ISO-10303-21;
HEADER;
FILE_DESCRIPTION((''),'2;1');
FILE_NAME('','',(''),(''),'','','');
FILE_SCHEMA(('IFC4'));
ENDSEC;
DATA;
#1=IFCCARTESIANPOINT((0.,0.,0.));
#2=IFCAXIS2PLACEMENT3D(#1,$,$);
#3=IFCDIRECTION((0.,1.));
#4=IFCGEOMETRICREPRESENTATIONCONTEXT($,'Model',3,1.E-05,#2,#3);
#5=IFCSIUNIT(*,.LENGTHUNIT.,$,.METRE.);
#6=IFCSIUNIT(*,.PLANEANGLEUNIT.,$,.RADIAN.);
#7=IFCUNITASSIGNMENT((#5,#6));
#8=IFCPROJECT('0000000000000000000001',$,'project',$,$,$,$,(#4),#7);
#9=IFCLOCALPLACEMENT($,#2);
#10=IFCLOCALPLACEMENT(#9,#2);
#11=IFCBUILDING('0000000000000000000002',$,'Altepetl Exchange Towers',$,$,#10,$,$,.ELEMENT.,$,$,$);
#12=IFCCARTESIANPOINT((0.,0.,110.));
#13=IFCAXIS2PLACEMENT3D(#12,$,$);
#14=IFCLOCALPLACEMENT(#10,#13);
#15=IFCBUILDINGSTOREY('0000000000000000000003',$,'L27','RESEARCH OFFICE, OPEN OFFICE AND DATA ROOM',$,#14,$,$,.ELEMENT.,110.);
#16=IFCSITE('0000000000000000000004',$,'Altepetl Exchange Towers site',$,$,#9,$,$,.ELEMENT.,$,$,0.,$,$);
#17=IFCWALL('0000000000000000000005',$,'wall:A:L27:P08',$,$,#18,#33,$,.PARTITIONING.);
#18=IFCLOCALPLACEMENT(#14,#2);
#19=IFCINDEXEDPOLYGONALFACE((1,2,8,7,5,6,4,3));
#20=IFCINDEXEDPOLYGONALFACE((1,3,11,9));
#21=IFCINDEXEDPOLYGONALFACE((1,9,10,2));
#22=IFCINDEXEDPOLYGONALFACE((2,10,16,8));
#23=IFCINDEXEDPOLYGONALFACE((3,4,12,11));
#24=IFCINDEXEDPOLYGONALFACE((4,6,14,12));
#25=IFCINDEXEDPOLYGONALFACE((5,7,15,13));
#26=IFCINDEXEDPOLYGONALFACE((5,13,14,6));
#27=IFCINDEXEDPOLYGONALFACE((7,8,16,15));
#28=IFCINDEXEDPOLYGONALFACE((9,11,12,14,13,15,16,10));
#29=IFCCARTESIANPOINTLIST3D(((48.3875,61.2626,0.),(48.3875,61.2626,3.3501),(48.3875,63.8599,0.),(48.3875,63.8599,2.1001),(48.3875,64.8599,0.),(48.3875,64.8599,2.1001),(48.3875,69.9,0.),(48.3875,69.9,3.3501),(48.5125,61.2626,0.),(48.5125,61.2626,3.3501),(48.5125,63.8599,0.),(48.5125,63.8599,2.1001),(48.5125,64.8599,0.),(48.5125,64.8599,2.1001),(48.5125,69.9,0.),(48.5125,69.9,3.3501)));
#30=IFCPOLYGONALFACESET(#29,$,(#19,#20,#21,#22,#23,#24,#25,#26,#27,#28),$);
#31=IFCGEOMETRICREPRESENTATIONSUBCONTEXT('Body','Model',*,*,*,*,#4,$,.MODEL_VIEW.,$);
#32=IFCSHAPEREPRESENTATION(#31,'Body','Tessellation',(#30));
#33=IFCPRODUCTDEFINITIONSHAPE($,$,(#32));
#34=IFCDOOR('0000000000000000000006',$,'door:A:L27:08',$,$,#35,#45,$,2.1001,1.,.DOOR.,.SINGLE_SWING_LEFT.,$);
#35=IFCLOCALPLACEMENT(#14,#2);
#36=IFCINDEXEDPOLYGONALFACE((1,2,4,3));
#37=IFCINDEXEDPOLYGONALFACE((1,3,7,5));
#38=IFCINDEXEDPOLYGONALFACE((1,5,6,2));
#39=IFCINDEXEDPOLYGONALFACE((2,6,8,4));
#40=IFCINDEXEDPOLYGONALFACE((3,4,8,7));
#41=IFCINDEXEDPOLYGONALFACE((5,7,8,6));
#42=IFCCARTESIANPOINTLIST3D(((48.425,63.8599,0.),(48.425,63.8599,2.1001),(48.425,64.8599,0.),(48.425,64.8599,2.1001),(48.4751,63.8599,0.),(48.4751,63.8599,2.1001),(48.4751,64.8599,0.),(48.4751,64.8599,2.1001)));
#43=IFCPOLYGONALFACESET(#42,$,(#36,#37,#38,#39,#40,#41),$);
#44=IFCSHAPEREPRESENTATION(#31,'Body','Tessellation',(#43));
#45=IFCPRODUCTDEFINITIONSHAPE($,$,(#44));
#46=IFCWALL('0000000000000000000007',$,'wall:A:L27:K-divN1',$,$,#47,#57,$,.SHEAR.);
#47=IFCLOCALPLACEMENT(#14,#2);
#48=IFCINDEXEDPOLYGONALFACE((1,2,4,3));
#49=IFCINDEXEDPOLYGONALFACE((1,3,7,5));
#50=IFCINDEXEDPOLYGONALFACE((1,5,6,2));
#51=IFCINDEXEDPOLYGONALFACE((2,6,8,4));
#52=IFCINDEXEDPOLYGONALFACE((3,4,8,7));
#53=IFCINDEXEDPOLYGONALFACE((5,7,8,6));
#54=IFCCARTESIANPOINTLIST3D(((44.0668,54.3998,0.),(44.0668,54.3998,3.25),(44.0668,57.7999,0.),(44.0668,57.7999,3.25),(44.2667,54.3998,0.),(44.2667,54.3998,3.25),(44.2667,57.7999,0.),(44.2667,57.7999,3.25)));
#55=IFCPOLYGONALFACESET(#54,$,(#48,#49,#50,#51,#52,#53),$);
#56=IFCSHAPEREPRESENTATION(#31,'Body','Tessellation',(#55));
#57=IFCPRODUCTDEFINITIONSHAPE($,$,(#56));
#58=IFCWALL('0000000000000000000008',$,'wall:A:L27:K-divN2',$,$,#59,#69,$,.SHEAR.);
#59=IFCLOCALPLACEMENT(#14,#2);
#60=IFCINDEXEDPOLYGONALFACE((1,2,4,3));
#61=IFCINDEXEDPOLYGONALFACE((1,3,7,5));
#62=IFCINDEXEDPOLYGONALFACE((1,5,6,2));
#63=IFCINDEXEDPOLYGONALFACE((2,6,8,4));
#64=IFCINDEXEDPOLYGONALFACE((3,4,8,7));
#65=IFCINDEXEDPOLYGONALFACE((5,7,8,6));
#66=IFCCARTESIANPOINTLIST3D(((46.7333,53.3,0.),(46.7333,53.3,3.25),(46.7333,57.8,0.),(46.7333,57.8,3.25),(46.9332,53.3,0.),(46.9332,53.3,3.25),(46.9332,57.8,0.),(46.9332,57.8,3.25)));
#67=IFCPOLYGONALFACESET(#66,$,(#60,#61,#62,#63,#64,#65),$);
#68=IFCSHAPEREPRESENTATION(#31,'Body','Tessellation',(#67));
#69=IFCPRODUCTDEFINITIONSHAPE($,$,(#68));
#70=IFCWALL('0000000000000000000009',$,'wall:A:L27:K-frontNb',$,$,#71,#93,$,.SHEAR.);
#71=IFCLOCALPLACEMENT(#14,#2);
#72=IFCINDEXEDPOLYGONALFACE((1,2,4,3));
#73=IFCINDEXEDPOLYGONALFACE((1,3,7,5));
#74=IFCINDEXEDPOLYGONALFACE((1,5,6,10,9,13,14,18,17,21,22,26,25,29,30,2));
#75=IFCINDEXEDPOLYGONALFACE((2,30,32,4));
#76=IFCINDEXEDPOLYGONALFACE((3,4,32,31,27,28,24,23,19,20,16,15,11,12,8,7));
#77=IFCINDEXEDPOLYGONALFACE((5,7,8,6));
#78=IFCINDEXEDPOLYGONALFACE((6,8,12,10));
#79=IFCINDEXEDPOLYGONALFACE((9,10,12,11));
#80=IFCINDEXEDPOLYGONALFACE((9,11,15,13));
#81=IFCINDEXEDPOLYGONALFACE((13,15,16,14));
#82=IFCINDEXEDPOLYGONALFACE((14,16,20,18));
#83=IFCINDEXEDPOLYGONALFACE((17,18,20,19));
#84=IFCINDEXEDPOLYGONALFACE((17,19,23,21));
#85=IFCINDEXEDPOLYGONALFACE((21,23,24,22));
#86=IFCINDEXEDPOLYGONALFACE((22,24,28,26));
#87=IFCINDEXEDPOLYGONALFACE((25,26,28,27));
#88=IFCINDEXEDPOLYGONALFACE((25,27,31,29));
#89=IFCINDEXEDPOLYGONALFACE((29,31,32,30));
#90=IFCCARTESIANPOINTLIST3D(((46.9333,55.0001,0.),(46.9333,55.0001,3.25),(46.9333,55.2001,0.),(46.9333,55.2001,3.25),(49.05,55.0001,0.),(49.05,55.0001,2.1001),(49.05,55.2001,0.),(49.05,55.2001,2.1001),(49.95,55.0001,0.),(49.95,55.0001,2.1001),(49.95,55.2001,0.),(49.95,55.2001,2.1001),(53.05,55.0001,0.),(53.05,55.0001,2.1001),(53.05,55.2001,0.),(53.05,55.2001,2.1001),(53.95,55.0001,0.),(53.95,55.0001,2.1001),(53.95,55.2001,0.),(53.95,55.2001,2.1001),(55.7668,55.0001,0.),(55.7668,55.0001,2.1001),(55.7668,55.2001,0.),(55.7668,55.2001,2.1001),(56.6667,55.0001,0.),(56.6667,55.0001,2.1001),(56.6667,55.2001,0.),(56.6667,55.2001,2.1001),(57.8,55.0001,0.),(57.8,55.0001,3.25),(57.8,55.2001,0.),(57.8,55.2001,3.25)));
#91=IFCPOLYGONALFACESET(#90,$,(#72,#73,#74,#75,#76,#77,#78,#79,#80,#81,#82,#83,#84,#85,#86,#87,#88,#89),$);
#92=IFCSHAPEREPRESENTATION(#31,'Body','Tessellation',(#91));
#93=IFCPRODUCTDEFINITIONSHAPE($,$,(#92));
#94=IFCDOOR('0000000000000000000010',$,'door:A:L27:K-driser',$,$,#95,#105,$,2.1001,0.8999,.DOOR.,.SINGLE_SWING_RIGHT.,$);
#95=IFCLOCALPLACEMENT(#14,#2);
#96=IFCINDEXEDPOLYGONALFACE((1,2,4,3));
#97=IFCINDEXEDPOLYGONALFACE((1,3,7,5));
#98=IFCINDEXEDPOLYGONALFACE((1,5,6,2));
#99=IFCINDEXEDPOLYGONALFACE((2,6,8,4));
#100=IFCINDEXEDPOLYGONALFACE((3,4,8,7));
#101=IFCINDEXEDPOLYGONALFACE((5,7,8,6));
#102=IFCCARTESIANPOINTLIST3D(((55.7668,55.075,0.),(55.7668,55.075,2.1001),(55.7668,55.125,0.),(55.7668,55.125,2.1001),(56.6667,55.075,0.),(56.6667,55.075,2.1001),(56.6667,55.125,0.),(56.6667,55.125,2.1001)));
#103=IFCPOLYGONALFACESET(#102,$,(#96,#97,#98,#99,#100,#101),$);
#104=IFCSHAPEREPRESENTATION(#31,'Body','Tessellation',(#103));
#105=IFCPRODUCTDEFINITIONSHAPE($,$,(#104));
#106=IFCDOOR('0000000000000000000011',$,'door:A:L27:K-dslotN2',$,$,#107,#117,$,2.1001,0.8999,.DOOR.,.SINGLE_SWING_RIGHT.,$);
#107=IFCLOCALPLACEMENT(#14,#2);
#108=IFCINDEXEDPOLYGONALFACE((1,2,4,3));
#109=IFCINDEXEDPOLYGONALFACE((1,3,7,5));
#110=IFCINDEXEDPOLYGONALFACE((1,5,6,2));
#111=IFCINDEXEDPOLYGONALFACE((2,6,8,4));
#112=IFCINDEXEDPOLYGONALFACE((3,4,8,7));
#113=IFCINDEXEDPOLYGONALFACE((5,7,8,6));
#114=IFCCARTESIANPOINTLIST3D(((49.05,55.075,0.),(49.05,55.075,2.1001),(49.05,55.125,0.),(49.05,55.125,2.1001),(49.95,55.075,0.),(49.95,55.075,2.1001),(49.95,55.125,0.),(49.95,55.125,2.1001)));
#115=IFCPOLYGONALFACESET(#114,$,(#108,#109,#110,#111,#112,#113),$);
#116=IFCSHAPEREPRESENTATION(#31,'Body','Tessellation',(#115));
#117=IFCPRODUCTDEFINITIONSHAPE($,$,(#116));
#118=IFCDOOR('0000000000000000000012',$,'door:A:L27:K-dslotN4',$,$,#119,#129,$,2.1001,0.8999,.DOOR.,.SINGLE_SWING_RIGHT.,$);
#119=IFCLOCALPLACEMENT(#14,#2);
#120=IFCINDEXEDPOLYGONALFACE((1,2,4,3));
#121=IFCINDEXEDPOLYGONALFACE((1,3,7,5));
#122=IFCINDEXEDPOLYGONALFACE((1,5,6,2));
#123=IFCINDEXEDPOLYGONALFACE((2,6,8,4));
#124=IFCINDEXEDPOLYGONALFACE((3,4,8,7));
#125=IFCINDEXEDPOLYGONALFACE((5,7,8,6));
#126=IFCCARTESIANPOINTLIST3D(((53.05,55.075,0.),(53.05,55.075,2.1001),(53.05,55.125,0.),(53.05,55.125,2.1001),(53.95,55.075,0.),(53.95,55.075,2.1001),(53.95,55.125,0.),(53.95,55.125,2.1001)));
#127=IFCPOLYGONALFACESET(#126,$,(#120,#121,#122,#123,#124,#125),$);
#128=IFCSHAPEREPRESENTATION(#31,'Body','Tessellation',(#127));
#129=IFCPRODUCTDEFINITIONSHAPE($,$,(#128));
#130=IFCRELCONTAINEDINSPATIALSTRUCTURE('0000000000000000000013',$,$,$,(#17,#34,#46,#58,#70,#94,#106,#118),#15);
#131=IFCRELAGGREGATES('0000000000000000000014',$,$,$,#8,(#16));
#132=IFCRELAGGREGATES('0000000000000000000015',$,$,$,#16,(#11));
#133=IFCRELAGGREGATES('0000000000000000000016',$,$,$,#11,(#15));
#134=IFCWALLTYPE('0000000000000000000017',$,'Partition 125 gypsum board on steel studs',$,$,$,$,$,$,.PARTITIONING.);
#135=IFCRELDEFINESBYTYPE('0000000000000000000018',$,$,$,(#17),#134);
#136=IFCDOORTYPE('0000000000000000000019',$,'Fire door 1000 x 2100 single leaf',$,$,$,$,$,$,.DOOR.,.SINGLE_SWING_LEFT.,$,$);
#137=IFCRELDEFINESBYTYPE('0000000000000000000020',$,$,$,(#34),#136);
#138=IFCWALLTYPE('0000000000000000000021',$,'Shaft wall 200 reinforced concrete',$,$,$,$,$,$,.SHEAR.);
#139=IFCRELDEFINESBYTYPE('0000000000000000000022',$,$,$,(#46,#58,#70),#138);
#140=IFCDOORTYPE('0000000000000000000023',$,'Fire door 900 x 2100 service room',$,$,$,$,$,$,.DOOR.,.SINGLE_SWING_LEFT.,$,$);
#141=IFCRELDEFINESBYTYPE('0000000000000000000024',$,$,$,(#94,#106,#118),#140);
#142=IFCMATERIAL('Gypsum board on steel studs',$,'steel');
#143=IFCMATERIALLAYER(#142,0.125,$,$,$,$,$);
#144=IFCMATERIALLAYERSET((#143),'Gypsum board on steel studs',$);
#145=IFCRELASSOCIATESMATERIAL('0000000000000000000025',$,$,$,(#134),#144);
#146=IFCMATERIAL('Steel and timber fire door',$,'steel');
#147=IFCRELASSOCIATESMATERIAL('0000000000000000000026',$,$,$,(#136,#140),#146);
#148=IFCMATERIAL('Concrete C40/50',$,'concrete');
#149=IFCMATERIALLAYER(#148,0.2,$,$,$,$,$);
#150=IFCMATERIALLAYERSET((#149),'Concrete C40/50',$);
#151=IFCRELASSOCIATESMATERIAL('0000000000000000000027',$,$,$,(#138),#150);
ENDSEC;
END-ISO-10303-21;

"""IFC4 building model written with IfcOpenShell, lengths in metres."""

from ifc_helpers import new_model, si_unit, direction, frame, frame_2d, origin, place, context, subcontext, project, spatial, rectangle, extrude, material, layer, layer_set, type_object, element, fill, save


model = new_model("IFC4")

# Units and contexts
model_context = context("Model", 3, precision=1e-05, world=origin(), true_north=direction((0.0, 1.0)))
body_context = subcontext(model_context, "Body", "Model", "MODEL_VIEW")
ifc_project = project(units=[si_unit("LENGTHUNIT", "METRE"), si_unit("PLANEANGLEUNIT", "RADIAN")], contexts=[model_context])

# Site, building, storey
site_placement = place(None, origin())
site = spatial("IfcSite", under=ifc_project, at=site_placement, Name="Altepetl Exchange Towers site", CompositionType="ELEMENT", RefElevation=0.0)
building_placement = place(site_placement, origin())
building = spatial("IfcBuilding", under=site, at=building_placement, Name="Altepetl Exchange Towers", CompositionType="ELEMENT")
storey_placement = place(building_placement, frame((0.0, 0.0, 110.0)))
storey = spatial("IfcBuildingStorey", under=building, at=storey_placement, Name="L27", Description="RESEARCH OFFICE, OPEN OFFICE AND DATA ROOM", CompositionType="ELEMENT", Elevation=110.0)

# Shared definitions
ifc_material_1 = material(Name="Gypsum board on steel studs", Category="steel")
ifc_layer_1 = layer(ifc_material_1, 0.125)
ifc_layer_set_1 = layer_set([ifc_layer_1], Name="Gypsum board on steel studs")
wall_type_1 = type_object("IfcWallType", Name="Partition 125 gypsum board on steel studs", PredefinedType="PARTITIONING", material=ifc_layer_set_1)

# Wall, opening, door
wall_1_placement = place(storey_placement, frame((48.45, 61.2625, 0.0), z_axis=(0.0, 0.0, 1.0), x_axis=(0.0, 1.0, 0.0)))
wall_1 = element("IfcWall", 1, at=wall_1_placement, inside=storey, type_object=wall_type_1, Name="wall:A:L27:P08", PredefinedType="PARTITIONING", context=body_context, shape_type="SweptSolid", body=[
    extrude(rectangle(XDim=8.6375, YDim=0.125, at=frame_2d((4.3188, 0.0))), origin(), (0.0, 0.0, 1.0), 3.3501),
])
opening_1_placement = place(wall_1_placement, frame((2.5974, 0.0, 0.0)))
opening_1 = element("IfcOpeningElement", 2, at=opening_1_placement, cuts=wall_1, PredefinedType="OPENING", context=body_context, shape_type="SweptSolid", body=[
    extrude(rectangle(XDim=1.0, YDim=2.1001, at=frame_2d((0.5, 1.05))), frame((0.0, 0.0725, 0.0), z_axis=(0.0, -1.0, 0.0), x_axis=(1.0, 0.0, 0.0)), (0.0, 0.0, 1.0), 0.145),
])
ifc_material_2 = material(Name="Steel and timber fire door", Category="steel")
door_type_1 = type_object("IfcDoorType", Name="Fire door 1000 x 2100 single leaf", OperationType="SINGLE_SWING_LEFT", PredefinedType="DOOR", material=ifc_material_2)
door_1_placement = place(opening_1_placement, origin())
door_1 = element("IfcDoor", 3, at=door_1_placement, inside=storey, type_object=door_type_1, Name="door:A:L27:08", OperationType="SINGLE_SWING_LEFT", OverallHeight=2.1001, OverallWidth=1.0, PredefinedType="DOOR", context=body_context, shape_type="SweptSolid", body=[
    extrude(rectangle(XDim=1.0, YDim=2.1001, at=frame_2d((0.5, 1.05))), frame((0.0, 0.0249, 0.0), z_axis=(0.0, -1.0, 0.0), x_axis=(1.0, 0.0, 0.0)), (0.0, 0.0, 1.0), 0.05),
])
fill(opening_1, door_1)

# Walls
ifc_material_3 = material(Name="Concrete C40/50", Category="concrete")
ifc_layer_2 = layer(ifc_material_3, 0.2)
ifc_layer_set_2 = layer_set([ifc_layer_2], Name="Concrete C40/50")
wall_type_2 = type_object("IfcWallType", Name="Shaft wall 200 reinforced concrete", PredefinedType="SHEAR", material=ifc_layer_set_2)
wall_2_placement = place(storey_placement, frame((44.1667, 57.8, 0.0), z_axis=(0.0, 0.0, 1.0), x_axis=(0.0, -1.0, 0.0)))
element("IfcWall", 4, at=wall_2_placement, inside=storey, type_object=wall_type_2, Name="wall:A:L27:K-divN1", PredefinedType="SHEAR", context=body_context, shape_type="SweptSolid", body=[
    extrude(rectangle(XDim=3.4001, YDim=0.2, at=frame_2d((1.7002, 0.0))), origin(), (0.0, 0.0, 1.0), 3.25),
])
wall_3_placement = place(storey_placement, frame((46.8333, 57.8, 0.0), z_axis=(0.0, 0.0, 1.0), x_axis=(0.0, -1.0, 0.0)))
element("IfcWall", 5, at=wall_3_placement, inside=storey, type_object=wall_type_2, Name="wall:A:L27:K-divN2", PredefinedType="SHEAR", context=body_context, shape_type="SweptSolid", body=[
    extrude(rectangle(XDim=4.5, YDim=0.2, at=frame_2d((2.25, 0.0))), origin(), (0.0, 0.0, 1.0), 3.25),
])

# Wall, openings, doors
wall_4_placement = place(storey_placement, frame((46.9333, 55.1001, 0.0)))
wall_4 = element("IfcWall", 6, at=wall_4_placement, inside=storey, type_object=wall_type_2, Name="wall:A:L27:K-frontNb", PredefinedType="SHEAR", context=body_context, shape_type="SweptSolid", body=[
    extrude(rectangle(XDim=10.8667, YDim=0.2, at=frame_2d((5.4333, 0.0))), origin(), (0.0, 0.0, 1.0), 3.25),
])
opening_2_placement = place(wall_4_placement, frame((8.8335, 0.0, 0.0)))
opening_2 = element("IfcOpeningElement", 7, at=opening_2_placement, cuts=wall_4, PredefinedType="OPENING", context=body_context, shape_type="SweptSolid", body=[
    extrude(rectangle(XDim=0.8999, YDim=2.1001, at=frame_2d((0.45, 1.05))), frame((0.0, 0.1099, 0.0), z_axis=(0.0, -1.0, 0.0), x_axis=(1.0, 0.0, 0.0)), (0.0, 0.0, 1.0), 0.22),
])
opening_3_placement = place(wall_4_placement, frame((2.1167, 0.0, 0.0)))
opening_3 = element("IfcOpeningElement", 8, at=opening_3_placement, cuts=wall_4, PredefinedType="OPENING", context=body_context, shape_type="SweptSolid", body=[
    extrude(rectangle(XDim=0.8999, YDim=2.1001, at=frame_2d((0.45, 1.05))), frame((0.0, 0.1099, 0.0), z_axis=(0.0, -1.0, 0.0), x_axis=(1.0, 0.0, 0.0)), (0.0, 0.0, 1.0), 0.22),
])
opening_4_placement = place(wall_4_placement, frame((6.1167, 0.0, 0.0)))
opening_4 = element("IfcOpeningElement", 9, at=opening_4_placement, cuts=wall_4, PredefinedType="OPENING", context=body_context, shape_type="SweptSolid", body=[
    extrude(rectangle(XDim=0.8999, YDim=2.1001, at=frame_2d((0.45, 1.05))), frame((0.0, 0.1099, 0.0), z_axis=(0.0, -1.0, 0.0), x_axis=(1.0, 0.0, 0.0)), (0.0, 0.0, 1.0), 0.22),
])
door_type_2 = type_object("IfcDoorType", Name="Fire door 900 x 2100 service room", OperationType="SINGLE_SWING_LEFT", PredefinedType="DOOR", material=ifc_material_2)
door_2_placement = place(opening_2_placement, origin())
door_2 = element("IfcDoor", 10, at=door_2_placement, inside=storey, type_object=door_type_2, Name="door:A:L27:K-driser", OperationType="SINGLE_SWING_RIGHT", OverallHeight=2.1001, OverallWidth=0.8999, PredefinedType="DOOR", context=body_context, shape_type="SweptSolid", body=[
    extrude(rectangle(XDim=0.8999, YDim=2.1001, at=frame_2d((0.45, 1.05))), frame((0.0, 0.0249, 0.0), z_axis=(0.0, -1.0, 0.0), x_axis=(1.0, 0.0, 0.0)), (0.0, 0.0, 1.0), 0.05),
])
fill(opening_2, door_2)
door_3_placement = place(opening_3_placement, origin())
door_3 = element("IfcDoor", 11, at=door_3_placement, inside=storey, type_object=door_type_2, Name="door:A:L27:K-dslotN2", OperationType="SINGLE_SWING_RIGHT", OverallHeight=2.1001, OverallWidth=0.8999, PredefinedType="DOOR", context=body_context, shape_type="SweptSolid", body=[
    extrude(rectangle(XDim=0.8999, YDim=2.1001, at=frame_2d((0.45, 1.05))), frame((0.0, 0.0249, 0.0), z_axis=(0.0, -1.0, 0.0), x_axis=(1.0, 0.0, 0.0)), (0.0, 0.0, 1.0), 0.05),
])
fill(opening_3, door_3)
door_4_placement = place(opening_4_placement, origin())
door_4 = element("IfcDoor", 12, at=door_4_placement, inside=storey, type_object=door_type_2, Name="door:A:L27:K-dslotN4", OperationType="SINGLE_SWING_RIGHT", OverallHeight=2.1001, OverallWidth=0.8999, PredefinedType="DOOR", context=body_context, shape_type="SweptSolid", body=[
    extrude(rectangle(XDim=0.8999, YDim=2.1001, at=frame_2d((0.45, 1.05))), frame((0.0, 0.0249, 0.0), z_axis=(0.0, -1.0, 0.0), x_axis=(1.0, 0.0, 0.0)), (0.0, 0.0, 1.0), 0.05),
])
fill(opening_4, door_4)

save(model, "model.ifc")
